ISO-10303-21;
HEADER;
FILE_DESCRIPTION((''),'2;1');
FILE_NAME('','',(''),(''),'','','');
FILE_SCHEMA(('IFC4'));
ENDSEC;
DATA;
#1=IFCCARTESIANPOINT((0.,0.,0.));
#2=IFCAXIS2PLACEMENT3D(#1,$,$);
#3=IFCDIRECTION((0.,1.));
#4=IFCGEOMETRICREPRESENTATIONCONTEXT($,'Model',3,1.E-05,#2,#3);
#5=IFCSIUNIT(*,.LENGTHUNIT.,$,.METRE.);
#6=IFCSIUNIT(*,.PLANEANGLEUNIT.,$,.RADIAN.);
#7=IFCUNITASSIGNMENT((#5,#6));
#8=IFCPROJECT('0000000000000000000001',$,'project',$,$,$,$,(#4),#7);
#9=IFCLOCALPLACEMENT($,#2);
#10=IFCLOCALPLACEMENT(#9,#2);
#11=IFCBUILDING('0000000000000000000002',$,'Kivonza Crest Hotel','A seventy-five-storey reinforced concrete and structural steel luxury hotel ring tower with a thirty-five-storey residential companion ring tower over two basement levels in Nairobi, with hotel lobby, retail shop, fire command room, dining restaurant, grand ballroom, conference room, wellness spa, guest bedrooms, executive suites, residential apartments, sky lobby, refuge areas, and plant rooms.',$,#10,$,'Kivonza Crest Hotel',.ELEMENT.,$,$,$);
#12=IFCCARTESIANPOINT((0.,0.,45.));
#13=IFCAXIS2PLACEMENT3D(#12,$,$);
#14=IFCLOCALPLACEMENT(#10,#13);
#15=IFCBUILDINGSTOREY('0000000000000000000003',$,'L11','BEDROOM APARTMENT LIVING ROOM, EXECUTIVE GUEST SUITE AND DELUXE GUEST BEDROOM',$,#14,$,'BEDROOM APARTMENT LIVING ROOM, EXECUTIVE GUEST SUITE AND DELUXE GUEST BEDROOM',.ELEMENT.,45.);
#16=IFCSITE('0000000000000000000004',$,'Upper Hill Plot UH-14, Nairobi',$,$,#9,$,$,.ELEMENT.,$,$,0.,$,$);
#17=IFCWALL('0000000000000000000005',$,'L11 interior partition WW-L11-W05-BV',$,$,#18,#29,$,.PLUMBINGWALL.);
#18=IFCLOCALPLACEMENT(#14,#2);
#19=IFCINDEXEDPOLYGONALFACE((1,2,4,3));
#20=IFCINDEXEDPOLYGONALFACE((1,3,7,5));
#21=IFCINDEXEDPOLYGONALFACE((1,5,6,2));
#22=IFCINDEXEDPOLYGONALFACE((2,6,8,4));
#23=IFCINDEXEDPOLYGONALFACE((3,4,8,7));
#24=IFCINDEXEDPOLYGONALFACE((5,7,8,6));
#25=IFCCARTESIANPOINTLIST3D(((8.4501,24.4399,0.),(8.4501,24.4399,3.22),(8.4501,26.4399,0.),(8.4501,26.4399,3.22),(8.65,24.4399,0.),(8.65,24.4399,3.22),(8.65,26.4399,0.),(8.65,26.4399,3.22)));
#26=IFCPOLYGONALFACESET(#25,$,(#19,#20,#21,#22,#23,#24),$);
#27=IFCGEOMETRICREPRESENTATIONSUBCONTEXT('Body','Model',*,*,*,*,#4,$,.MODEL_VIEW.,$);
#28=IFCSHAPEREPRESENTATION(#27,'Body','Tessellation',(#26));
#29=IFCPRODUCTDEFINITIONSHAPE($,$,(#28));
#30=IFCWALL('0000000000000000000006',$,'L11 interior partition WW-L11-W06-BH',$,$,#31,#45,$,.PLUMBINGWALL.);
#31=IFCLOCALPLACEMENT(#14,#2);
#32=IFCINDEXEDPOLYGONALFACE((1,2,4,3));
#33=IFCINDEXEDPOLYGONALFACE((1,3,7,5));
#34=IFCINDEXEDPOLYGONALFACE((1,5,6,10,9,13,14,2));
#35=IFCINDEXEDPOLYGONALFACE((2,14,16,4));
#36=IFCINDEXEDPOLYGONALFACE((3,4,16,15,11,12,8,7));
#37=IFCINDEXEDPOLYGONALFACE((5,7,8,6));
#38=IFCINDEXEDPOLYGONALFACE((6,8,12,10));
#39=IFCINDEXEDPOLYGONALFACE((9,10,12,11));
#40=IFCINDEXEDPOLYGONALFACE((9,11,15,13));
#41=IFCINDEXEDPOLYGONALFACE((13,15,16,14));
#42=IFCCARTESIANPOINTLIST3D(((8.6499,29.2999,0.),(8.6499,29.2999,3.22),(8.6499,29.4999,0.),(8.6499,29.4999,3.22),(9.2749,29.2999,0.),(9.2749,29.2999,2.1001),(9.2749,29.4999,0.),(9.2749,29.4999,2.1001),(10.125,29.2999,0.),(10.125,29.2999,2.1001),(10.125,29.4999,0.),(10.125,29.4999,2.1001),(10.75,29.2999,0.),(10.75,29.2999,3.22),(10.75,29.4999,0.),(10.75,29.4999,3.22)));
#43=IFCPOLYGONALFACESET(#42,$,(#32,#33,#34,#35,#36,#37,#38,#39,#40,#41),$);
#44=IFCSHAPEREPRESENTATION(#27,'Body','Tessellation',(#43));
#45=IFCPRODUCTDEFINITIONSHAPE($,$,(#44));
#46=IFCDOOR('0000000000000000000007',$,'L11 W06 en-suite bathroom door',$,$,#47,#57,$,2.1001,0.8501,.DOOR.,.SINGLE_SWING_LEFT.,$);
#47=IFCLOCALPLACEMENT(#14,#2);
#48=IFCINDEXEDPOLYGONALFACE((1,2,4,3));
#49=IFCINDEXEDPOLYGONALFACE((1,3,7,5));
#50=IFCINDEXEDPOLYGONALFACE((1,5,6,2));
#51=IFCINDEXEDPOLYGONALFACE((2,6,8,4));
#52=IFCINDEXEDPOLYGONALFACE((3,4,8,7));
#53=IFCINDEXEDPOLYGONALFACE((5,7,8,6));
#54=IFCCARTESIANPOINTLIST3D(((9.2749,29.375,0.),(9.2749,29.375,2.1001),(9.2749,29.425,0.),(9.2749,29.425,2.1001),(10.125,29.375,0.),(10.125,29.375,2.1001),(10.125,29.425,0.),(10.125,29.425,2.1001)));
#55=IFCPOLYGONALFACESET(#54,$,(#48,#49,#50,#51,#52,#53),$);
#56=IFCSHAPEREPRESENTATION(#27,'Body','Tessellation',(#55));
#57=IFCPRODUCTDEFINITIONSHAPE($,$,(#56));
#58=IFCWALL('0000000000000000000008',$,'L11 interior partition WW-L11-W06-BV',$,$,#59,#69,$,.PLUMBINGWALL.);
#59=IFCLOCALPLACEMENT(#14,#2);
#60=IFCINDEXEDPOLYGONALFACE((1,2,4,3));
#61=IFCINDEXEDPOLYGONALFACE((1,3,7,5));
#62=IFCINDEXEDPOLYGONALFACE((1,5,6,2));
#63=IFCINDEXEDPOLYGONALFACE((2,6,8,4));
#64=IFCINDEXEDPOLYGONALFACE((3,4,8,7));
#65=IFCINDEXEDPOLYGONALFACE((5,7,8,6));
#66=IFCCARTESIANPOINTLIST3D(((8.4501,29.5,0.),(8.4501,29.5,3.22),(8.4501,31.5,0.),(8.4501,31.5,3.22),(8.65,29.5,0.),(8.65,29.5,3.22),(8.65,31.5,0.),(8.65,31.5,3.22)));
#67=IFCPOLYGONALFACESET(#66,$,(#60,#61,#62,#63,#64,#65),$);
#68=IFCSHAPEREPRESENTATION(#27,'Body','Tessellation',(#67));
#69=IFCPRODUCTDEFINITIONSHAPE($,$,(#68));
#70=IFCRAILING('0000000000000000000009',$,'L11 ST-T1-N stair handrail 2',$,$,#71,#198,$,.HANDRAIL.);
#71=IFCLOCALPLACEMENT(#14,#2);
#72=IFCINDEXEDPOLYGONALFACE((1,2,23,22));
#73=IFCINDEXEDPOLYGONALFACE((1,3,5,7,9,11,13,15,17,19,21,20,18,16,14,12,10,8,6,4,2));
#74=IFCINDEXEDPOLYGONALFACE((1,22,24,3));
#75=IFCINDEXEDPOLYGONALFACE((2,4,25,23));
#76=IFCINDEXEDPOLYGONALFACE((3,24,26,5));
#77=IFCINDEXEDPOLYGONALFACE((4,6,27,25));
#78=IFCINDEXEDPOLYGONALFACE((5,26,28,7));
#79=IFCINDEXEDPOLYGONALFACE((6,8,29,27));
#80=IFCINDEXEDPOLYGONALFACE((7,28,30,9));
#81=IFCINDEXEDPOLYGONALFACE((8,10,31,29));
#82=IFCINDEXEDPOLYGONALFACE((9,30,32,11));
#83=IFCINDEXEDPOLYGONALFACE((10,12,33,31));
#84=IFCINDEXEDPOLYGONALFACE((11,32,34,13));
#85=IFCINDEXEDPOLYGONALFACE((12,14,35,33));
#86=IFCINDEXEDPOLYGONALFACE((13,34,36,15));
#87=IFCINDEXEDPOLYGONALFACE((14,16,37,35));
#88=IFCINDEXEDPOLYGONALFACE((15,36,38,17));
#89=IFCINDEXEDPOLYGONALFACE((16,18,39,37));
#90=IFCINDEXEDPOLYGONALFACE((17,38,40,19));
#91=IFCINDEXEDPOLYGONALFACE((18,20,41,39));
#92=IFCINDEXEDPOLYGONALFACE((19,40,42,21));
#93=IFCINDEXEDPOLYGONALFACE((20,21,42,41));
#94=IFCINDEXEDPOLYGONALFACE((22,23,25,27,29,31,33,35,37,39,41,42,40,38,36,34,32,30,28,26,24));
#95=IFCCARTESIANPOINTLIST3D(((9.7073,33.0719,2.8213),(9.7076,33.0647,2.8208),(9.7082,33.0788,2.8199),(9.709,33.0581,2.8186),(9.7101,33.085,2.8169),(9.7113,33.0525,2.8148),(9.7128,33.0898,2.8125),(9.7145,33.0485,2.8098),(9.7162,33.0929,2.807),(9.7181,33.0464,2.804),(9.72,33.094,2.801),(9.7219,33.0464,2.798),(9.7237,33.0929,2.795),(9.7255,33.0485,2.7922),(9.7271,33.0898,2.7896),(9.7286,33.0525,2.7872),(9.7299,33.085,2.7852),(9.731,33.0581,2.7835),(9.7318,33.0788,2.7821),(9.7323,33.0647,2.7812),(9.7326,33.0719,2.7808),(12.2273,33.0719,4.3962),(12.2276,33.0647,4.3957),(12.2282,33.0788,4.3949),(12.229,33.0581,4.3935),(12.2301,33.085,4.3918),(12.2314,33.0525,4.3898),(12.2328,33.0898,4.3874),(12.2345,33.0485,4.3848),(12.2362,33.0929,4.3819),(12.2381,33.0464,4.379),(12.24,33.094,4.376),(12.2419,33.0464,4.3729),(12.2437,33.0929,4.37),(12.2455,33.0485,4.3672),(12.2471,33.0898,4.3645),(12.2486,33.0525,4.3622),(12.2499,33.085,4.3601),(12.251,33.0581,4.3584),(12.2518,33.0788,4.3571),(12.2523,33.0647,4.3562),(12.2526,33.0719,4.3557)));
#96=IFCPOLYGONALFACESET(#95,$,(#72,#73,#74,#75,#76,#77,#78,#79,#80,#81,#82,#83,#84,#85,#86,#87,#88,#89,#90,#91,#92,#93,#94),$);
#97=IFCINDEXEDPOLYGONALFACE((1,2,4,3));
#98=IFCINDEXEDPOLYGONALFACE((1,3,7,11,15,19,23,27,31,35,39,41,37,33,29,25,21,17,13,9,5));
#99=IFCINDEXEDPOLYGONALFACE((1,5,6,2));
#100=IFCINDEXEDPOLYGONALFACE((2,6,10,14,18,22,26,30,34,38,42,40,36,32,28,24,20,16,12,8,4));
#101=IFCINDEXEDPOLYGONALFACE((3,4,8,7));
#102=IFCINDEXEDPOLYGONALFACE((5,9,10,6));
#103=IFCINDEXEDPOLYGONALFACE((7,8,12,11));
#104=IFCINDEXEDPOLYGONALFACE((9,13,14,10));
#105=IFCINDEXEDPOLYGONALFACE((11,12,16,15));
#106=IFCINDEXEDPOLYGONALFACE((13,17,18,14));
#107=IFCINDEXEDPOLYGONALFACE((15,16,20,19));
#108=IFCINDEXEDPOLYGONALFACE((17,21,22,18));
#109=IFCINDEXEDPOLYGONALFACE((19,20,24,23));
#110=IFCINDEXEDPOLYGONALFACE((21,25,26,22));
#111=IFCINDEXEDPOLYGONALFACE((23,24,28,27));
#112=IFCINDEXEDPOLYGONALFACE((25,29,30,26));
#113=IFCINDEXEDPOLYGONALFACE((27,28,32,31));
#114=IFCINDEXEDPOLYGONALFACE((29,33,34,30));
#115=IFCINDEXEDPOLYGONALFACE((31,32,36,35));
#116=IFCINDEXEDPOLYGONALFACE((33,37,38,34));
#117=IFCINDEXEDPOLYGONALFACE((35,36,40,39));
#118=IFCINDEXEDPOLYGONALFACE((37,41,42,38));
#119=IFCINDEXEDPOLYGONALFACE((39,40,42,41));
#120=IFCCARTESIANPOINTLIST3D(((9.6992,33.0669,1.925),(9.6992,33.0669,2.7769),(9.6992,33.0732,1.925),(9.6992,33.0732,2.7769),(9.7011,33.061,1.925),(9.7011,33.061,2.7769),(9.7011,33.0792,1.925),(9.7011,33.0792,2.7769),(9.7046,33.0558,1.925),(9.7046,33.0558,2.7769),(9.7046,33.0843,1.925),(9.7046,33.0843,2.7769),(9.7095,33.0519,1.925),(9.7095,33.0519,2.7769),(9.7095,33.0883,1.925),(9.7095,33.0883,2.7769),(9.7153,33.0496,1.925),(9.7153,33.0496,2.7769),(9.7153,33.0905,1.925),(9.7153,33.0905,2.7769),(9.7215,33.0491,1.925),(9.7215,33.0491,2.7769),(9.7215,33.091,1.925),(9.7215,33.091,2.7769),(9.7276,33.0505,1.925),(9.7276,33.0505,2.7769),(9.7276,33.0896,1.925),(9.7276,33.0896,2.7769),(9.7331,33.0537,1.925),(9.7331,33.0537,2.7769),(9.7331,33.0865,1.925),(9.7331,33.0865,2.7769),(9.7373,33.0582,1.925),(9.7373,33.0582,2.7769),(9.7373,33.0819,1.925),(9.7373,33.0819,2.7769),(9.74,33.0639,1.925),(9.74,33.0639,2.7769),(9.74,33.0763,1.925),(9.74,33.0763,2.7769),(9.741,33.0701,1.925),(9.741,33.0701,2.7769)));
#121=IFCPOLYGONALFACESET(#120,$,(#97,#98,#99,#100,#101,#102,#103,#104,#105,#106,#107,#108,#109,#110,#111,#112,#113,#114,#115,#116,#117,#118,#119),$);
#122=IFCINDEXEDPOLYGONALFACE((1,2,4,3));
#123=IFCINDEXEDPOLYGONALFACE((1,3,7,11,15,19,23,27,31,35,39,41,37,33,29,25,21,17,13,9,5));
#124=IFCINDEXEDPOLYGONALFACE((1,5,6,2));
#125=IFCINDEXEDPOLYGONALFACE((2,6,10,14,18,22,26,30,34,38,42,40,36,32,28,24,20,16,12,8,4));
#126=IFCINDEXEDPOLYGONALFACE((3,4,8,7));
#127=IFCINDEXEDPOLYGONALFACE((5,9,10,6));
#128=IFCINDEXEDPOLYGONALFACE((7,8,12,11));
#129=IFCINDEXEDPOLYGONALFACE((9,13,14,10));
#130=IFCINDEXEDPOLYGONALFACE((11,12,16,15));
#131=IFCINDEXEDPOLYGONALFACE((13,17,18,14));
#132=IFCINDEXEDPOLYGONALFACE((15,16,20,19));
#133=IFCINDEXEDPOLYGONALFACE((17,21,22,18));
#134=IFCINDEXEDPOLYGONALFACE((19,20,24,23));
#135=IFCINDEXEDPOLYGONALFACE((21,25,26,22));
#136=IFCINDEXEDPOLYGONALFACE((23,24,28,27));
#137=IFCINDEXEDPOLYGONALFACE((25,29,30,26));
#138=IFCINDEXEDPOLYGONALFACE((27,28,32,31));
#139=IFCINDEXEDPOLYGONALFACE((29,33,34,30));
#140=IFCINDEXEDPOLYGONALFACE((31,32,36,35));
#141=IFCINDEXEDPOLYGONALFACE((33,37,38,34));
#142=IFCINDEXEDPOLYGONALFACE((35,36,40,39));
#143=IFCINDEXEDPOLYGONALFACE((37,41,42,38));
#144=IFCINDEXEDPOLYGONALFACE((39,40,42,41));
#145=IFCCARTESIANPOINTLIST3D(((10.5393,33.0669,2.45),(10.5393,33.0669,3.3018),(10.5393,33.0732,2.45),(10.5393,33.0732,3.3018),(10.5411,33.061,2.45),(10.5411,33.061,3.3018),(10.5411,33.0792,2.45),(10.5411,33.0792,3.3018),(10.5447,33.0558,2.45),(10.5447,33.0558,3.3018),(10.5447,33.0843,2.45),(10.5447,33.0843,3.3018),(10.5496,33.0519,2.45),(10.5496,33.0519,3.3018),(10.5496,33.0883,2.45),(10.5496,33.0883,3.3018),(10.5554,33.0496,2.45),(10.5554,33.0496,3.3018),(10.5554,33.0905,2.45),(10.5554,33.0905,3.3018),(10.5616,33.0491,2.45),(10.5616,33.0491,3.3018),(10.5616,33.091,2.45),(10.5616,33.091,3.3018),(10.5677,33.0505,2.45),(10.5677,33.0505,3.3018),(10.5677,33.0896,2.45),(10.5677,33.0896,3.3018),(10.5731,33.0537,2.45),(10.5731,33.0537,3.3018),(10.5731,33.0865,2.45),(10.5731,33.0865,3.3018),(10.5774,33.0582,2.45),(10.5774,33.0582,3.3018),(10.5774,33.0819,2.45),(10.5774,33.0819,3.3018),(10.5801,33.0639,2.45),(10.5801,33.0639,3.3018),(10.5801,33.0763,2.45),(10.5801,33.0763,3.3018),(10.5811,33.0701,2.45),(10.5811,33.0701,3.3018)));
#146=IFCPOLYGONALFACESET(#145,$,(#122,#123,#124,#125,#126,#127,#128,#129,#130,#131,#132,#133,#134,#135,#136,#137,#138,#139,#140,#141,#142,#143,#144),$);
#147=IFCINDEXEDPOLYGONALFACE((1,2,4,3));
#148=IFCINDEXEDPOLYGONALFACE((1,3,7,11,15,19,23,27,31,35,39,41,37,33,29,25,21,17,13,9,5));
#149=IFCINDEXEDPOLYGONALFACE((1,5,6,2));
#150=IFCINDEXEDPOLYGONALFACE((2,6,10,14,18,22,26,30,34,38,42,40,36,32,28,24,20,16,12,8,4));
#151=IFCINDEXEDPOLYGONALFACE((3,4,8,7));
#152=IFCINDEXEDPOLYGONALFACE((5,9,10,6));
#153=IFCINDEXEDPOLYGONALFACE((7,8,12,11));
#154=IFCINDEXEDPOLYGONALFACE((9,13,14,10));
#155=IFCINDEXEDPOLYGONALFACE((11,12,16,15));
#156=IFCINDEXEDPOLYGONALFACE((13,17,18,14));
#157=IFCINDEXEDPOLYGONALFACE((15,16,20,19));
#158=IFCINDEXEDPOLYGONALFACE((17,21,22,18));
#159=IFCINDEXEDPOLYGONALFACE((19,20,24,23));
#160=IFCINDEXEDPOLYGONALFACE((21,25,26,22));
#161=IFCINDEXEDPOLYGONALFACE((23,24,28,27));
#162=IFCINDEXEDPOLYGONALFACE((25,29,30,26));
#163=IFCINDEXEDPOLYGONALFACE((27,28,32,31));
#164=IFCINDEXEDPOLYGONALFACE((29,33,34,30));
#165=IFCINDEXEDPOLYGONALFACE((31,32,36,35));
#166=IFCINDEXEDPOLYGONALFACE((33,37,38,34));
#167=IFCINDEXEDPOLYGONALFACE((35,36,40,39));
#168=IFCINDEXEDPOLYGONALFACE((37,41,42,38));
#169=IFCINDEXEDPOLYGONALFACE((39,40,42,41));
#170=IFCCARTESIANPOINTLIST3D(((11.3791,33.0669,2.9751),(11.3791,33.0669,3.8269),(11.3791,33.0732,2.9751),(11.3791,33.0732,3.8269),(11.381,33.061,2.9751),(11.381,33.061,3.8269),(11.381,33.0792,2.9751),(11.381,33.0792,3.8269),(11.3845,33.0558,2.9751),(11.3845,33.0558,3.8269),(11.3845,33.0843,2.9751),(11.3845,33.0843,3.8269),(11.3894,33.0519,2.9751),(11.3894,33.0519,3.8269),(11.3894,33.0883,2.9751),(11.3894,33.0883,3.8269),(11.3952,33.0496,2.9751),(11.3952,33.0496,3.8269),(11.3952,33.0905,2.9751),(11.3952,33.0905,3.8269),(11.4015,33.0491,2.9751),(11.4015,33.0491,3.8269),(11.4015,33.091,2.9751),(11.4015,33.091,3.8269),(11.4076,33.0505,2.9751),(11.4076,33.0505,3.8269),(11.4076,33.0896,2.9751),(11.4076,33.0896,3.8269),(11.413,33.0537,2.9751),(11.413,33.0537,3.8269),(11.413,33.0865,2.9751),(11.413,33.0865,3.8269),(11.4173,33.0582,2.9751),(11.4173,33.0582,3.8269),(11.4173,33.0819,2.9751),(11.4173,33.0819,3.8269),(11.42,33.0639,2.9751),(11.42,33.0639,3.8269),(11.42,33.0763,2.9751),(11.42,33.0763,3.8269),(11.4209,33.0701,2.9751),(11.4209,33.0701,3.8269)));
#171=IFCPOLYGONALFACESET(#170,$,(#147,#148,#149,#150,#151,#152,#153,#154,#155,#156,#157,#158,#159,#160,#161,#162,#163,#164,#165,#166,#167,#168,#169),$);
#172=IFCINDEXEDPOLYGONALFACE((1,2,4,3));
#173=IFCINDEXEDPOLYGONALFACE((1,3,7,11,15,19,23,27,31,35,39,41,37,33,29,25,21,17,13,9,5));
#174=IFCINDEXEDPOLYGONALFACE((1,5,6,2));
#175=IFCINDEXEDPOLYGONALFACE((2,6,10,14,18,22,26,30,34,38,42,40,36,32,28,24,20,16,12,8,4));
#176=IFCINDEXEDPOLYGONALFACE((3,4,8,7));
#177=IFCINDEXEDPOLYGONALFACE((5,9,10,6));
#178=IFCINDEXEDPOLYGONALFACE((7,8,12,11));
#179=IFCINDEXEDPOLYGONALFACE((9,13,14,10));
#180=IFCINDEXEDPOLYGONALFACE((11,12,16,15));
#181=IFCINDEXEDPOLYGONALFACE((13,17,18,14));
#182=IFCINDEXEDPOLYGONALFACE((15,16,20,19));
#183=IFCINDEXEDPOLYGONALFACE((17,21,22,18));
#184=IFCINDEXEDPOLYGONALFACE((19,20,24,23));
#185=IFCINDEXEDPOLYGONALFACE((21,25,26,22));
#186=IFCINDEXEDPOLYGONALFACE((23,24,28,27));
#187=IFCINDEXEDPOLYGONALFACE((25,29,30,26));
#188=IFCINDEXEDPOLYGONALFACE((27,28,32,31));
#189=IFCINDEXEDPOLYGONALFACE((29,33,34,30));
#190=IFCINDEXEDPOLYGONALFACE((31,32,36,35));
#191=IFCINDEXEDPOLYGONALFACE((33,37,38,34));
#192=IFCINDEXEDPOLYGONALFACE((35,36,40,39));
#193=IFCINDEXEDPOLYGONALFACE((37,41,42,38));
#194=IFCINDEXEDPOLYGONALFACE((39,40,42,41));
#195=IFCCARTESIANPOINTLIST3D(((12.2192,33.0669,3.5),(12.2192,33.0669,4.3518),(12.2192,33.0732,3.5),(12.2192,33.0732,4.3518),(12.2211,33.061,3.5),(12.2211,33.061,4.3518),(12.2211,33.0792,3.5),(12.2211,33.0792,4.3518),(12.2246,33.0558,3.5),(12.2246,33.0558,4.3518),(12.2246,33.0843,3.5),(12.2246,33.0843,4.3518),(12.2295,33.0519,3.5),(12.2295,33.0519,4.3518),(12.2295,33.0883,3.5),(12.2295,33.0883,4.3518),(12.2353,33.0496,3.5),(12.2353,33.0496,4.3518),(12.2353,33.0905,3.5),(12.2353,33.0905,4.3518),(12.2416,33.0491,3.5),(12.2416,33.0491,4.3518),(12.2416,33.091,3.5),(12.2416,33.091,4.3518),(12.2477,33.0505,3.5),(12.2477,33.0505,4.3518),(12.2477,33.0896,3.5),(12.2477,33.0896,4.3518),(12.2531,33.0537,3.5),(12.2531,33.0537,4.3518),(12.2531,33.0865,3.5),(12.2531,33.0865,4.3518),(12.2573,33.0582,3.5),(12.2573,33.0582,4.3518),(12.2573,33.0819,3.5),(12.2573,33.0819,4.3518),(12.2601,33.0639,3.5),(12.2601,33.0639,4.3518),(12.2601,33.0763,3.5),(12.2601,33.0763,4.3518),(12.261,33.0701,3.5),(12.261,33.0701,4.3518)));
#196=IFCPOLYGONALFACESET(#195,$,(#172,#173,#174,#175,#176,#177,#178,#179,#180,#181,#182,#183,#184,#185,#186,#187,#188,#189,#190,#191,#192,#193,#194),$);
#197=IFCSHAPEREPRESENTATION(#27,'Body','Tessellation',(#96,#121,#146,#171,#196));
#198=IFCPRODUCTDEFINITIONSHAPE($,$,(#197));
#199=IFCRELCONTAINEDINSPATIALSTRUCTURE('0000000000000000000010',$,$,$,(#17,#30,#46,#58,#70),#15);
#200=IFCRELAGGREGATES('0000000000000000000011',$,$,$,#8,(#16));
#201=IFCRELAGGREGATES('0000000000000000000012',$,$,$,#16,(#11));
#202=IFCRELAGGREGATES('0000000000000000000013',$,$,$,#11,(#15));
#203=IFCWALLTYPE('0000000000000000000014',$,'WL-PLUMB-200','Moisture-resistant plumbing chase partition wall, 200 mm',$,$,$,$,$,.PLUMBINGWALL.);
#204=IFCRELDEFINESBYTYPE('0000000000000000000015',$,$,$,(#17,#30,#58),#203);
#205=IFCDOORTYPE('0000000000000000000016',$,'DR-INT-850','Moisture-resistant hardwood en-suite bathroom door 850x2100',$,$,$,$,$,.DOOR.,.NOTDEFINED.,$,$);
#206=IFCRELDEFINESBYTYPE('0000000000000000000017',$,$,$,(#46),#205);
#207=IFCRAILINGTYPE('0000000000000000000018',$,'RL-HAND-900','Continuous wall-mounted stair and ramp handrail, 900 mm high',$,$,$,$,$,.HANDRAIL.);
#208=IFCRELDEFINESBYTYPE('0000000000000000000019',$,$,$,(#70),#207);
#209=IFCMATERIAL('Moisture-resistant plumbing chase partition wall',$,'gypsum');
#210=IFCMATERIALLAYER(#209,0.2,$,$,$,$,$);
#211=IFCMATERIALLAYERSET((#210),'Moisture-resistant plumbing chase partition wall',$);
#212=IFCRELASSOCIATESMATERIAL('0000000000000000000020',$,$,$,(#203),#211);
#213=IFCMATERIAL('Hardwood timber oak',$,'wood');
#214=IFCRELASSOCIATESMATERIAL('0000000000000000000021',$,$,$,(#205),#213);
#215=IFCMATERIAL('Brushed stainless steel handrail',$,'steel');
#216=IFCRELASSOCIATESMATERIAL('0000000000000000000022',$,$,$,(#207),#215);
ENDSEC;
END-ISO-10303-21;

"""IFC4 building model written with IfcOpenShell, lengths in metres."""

from ifc_helpers import new_model, si_unit, direction, frame, frame_2d, origin, origin_2d, place, context, subcontext, project, spatial, rectangle, circle, extrude, material, layer, layer_set, type_object, element, fill, save


model = new_model("IFC4")

# Units and contexts
model_context = context("Model", 3, precision=1e-05, world=origin(), true_north=direction((0.0, 1.0)))
body_context = subcontext(model_context, "Body", "Model", "MODEL_VIEW")
ifc_project = project(units=[si_unit("LENGTHUNIT", "METRE"), si_unit("PLANEANGLEUNIT", "RADIAN")], contexts=[model_context])

# Site, building, storey
site_placement = place(None, origin())
site = spatial("IfcSite", under=ifc_project, at=site_placement, Name="Upper Hill Plot UH-14, Nairobi", CompositionType="ELEMENT", RefElevation=0.0)
building_placement = place(site_placement, origin())
building = spatial("IfcBuilding", under=site, at=building_placement, Name="Kivonza Crest Hotel", Description="A seventy-five-storey reinforced concrete and structural steel luxury hotel ring tower with a thirty-five-storey residential companion ring tower over two basement levels in Nairobi, with hotel lobby, retail shop, fire command room, dining restaurant, grand ballroom, conference room, wellness spa, guest bedrooms, executive suites, residential apartments, sky lobby, refuge areas, and plant rooms.", LongName="Kivonza Crest Hotel", CompositionType="ELEMENT")
storey_placement = place(building_placement, frame((0.0, 0.0, 45.0)))
storey = spatial("IfcBuildingStorey", under=building, at=storey_placement, Name="L11", Description="BEDROOM APARTMENT LIVING ROOM, EXECUTIVE GUEST SUITE AND DELUXE GUEST BEDROOM", LongName="BEDROOM APARTMENT LIVING ROOM, EXECUTIVE GUEST SUITE AND DELUXE GUEST BEDROOM", CompositionType="ELEMENT", Elevation=45.0)

# Shared definitions
ifc_material_1 = material(Name="Hardwood timber oak", Category="wood")

# Shared definitions
ifc_material_2 = material(Name="Moisture-resistant plumbing chase partition wall", Category="gypsum")
ifc_layer_1 = layer(ifc_material_2, 0.2)
ifc_layer_set_1 = layer_set([ifc_layer_1], Name="Moisture-resistant plumbing chase partition wall")
wall_type_1 = type_object("IfcWallType", Name="WL-PLUMB-200", Description="Moisture-resistant plumbing chase partition wall, 200 mm", PredefinedType="PLUMBINGWALL", material=ifc_layer_set_1)
door_type_1 = type_object("IfcDoorType", Name="DR-INT-850", Description="Moisture-resistant hardwood en-suite bathroom door 850x2100", OperationType="NOTDEFINED", PredefinedType="DOOR", material=ifc_material_1)

# Wall
wall_1_placement = place(storey_placement, frame((8.55, 24.4399, 0.0), z_axis=(0.0, 0.0, 1.0), x_axis=(0.0, 1.0, 0.0)))
element("IfcWall", 1, at=wall_1_placement, inside=storey, type_object=wall_type_1, Name="L11 interior partition WW-L11-W05-BV", PredefinedType="PLUMBINGWALL", context=body_context, shape_type="SweptSolid", body=[
    extrude(rectangle(XDim=2.0, YDim=0.2, at=frame_2d((1.0, 0.0))), origin(), (0.0, 0.0, 1.0), 3.22),
])

# Wall, opening, door
wall_2_placement = place(storey_placement, frame((8.6499, 29.3999, 0.0), z_axis=(0.0, 0.0, 1.0), x_axis=(1.0, 0.0, 0.0)))
wall_2 = element("IfcWall", 2, at=wall_2_placement, inside=storey, type_object=wall_type_1, Name="L11 interior partition WW-L11-W06-BH", PredefinedType="PLUMBINGWALL", context=body_context, shape_type="SweptSolid", body=[
    extrude(rectangle(XDim=2.1001, YDim=0.2, at=frame_2d((1.05, 0.0))), origin(), (0.0, 0.0, 1.0), 3.22),
])
opening_1_placement = place(wall_2_placement, frame((0.625, 0.0, 0.0)))
opening_1 = element("IfcOpeningElement", 3, at=opening_1_placement, cuts=wall_2, PredefinedType="OPENING", context=body_context, shape_type="SweptSolid", body=[
    extrude(rectangle(XDim=0.8501, YDim=2.1001, at=frame_2d((0.425, 1.05))), frame((0.0, 0.1099, 0.0), z_axis=(0.0, -1.0, 0.0), x_axis=(1.0, 0.0, 0.0)), (0.0, 0.0, 1.0), 0.22),
])
door_1_placement = place(opening_1_placement, frame((0.8501, 0.0, 0.0), z_axis=(0.0, 0.0, 1.0), x_axis=(-1.0, 0.0, 0.0)))
door_1 = element("IfcDoor", 4, at=door_1_placement, inside=storey, type_object=door_type_1, Name="L11 W06 en-suite bathroom door", OperationType="SINGLE_SWING_LEFT", OverallHeight=2.1001, OverallWidth=0.8501, PredefinedType="DOOR", context=body_context, shape_type="SweptSolid", body=[
    extrude(rectangle(XDim=0.8501, YDim=2.1001, at=frame_2d((0.425, 1.05))), frame((0.0, 0.0249, 0.0), z_axis=(0.0, -1.0, 0.0), x_axis=(1.0, 0.0, 0.0)), (0.0, 0.0, 1.0), 0.05),
])
fill(opening_1, door_1)

# Wall
wall_3_placement = place(storey_placement, frame((8.55, 29.5, 0.0), z_axis=(0.0, 0.0, 1.0), x_axis=(0.0, 1.0, 0.0)))
element("IfcWall", 5, at=wall_3_placement, inside=storey, type_object=wall_type_1, Name="L11 interior partition WW-L11-W06-BV", PredefinedType="PLUMBINGWALL", context=body_context, shape_type="SweptSolid", body=[
    extrude(rectangle(XDim=2.0, YDim=0.2, at=frame_2d((1.0, 0.0))), origin(), (0.0, 0.0, 1.0), 3.22),
])

# Railing
ifc_material_3 = material(Name="Brushed stainless steel handrail", Category="steel")
railing_type = type_object("IfcRailingType", Name="RL-HAND-900", Description="Continuous wall-mounted stair and ramp handrail, 900 mm high", PredefinedType="HANDRAIL", material=ifc_material_3)
railing_placement = place(storey_placement, frame((9.72, 33.0701, 1.925)))
element("IfcRailing", 6, at=railing_placement, inside=storey, type_object=railing_type, Name="L11 ST-T1-N stair handrail 2", PredefinedType="HANDRAIL", context=body_context, shape_type="SweptSolid", body=[
    extrude(circle(Radius=0.0239, at=origin_2d()), frame((0.0, 0.0, 0.876), z_axis=(0.848008, 0.0, 0.529984), x_axis=(0.0, 1.0, 0.0)), (0.0, 0.0, 1.0), 2.9717),
    extrude(circle(Radius=0.021, at=origin_2d()), origin(), (0.0, 0.0, 1.0), 0.8518),
    extrude(circle(Radius=0.021, at=origin_2d()), frame((0.8401, 0.0, 0.5249)), (0.0, 0.0, 1.0), 0.8518),
    extrude(circle(Radius=0.021, at=origin_2d()), frame((1.6799, 0.0, 1.05)), (0.0, 0.0, 1.0), 0.8518),
    extrude(circle(Radius=0.021, at=origin_2d()), frame((2.52, 0.0, 1.575)), (0.0, 0.0, 1.0), 0.8518),
])

save(model, "model.ifc")
